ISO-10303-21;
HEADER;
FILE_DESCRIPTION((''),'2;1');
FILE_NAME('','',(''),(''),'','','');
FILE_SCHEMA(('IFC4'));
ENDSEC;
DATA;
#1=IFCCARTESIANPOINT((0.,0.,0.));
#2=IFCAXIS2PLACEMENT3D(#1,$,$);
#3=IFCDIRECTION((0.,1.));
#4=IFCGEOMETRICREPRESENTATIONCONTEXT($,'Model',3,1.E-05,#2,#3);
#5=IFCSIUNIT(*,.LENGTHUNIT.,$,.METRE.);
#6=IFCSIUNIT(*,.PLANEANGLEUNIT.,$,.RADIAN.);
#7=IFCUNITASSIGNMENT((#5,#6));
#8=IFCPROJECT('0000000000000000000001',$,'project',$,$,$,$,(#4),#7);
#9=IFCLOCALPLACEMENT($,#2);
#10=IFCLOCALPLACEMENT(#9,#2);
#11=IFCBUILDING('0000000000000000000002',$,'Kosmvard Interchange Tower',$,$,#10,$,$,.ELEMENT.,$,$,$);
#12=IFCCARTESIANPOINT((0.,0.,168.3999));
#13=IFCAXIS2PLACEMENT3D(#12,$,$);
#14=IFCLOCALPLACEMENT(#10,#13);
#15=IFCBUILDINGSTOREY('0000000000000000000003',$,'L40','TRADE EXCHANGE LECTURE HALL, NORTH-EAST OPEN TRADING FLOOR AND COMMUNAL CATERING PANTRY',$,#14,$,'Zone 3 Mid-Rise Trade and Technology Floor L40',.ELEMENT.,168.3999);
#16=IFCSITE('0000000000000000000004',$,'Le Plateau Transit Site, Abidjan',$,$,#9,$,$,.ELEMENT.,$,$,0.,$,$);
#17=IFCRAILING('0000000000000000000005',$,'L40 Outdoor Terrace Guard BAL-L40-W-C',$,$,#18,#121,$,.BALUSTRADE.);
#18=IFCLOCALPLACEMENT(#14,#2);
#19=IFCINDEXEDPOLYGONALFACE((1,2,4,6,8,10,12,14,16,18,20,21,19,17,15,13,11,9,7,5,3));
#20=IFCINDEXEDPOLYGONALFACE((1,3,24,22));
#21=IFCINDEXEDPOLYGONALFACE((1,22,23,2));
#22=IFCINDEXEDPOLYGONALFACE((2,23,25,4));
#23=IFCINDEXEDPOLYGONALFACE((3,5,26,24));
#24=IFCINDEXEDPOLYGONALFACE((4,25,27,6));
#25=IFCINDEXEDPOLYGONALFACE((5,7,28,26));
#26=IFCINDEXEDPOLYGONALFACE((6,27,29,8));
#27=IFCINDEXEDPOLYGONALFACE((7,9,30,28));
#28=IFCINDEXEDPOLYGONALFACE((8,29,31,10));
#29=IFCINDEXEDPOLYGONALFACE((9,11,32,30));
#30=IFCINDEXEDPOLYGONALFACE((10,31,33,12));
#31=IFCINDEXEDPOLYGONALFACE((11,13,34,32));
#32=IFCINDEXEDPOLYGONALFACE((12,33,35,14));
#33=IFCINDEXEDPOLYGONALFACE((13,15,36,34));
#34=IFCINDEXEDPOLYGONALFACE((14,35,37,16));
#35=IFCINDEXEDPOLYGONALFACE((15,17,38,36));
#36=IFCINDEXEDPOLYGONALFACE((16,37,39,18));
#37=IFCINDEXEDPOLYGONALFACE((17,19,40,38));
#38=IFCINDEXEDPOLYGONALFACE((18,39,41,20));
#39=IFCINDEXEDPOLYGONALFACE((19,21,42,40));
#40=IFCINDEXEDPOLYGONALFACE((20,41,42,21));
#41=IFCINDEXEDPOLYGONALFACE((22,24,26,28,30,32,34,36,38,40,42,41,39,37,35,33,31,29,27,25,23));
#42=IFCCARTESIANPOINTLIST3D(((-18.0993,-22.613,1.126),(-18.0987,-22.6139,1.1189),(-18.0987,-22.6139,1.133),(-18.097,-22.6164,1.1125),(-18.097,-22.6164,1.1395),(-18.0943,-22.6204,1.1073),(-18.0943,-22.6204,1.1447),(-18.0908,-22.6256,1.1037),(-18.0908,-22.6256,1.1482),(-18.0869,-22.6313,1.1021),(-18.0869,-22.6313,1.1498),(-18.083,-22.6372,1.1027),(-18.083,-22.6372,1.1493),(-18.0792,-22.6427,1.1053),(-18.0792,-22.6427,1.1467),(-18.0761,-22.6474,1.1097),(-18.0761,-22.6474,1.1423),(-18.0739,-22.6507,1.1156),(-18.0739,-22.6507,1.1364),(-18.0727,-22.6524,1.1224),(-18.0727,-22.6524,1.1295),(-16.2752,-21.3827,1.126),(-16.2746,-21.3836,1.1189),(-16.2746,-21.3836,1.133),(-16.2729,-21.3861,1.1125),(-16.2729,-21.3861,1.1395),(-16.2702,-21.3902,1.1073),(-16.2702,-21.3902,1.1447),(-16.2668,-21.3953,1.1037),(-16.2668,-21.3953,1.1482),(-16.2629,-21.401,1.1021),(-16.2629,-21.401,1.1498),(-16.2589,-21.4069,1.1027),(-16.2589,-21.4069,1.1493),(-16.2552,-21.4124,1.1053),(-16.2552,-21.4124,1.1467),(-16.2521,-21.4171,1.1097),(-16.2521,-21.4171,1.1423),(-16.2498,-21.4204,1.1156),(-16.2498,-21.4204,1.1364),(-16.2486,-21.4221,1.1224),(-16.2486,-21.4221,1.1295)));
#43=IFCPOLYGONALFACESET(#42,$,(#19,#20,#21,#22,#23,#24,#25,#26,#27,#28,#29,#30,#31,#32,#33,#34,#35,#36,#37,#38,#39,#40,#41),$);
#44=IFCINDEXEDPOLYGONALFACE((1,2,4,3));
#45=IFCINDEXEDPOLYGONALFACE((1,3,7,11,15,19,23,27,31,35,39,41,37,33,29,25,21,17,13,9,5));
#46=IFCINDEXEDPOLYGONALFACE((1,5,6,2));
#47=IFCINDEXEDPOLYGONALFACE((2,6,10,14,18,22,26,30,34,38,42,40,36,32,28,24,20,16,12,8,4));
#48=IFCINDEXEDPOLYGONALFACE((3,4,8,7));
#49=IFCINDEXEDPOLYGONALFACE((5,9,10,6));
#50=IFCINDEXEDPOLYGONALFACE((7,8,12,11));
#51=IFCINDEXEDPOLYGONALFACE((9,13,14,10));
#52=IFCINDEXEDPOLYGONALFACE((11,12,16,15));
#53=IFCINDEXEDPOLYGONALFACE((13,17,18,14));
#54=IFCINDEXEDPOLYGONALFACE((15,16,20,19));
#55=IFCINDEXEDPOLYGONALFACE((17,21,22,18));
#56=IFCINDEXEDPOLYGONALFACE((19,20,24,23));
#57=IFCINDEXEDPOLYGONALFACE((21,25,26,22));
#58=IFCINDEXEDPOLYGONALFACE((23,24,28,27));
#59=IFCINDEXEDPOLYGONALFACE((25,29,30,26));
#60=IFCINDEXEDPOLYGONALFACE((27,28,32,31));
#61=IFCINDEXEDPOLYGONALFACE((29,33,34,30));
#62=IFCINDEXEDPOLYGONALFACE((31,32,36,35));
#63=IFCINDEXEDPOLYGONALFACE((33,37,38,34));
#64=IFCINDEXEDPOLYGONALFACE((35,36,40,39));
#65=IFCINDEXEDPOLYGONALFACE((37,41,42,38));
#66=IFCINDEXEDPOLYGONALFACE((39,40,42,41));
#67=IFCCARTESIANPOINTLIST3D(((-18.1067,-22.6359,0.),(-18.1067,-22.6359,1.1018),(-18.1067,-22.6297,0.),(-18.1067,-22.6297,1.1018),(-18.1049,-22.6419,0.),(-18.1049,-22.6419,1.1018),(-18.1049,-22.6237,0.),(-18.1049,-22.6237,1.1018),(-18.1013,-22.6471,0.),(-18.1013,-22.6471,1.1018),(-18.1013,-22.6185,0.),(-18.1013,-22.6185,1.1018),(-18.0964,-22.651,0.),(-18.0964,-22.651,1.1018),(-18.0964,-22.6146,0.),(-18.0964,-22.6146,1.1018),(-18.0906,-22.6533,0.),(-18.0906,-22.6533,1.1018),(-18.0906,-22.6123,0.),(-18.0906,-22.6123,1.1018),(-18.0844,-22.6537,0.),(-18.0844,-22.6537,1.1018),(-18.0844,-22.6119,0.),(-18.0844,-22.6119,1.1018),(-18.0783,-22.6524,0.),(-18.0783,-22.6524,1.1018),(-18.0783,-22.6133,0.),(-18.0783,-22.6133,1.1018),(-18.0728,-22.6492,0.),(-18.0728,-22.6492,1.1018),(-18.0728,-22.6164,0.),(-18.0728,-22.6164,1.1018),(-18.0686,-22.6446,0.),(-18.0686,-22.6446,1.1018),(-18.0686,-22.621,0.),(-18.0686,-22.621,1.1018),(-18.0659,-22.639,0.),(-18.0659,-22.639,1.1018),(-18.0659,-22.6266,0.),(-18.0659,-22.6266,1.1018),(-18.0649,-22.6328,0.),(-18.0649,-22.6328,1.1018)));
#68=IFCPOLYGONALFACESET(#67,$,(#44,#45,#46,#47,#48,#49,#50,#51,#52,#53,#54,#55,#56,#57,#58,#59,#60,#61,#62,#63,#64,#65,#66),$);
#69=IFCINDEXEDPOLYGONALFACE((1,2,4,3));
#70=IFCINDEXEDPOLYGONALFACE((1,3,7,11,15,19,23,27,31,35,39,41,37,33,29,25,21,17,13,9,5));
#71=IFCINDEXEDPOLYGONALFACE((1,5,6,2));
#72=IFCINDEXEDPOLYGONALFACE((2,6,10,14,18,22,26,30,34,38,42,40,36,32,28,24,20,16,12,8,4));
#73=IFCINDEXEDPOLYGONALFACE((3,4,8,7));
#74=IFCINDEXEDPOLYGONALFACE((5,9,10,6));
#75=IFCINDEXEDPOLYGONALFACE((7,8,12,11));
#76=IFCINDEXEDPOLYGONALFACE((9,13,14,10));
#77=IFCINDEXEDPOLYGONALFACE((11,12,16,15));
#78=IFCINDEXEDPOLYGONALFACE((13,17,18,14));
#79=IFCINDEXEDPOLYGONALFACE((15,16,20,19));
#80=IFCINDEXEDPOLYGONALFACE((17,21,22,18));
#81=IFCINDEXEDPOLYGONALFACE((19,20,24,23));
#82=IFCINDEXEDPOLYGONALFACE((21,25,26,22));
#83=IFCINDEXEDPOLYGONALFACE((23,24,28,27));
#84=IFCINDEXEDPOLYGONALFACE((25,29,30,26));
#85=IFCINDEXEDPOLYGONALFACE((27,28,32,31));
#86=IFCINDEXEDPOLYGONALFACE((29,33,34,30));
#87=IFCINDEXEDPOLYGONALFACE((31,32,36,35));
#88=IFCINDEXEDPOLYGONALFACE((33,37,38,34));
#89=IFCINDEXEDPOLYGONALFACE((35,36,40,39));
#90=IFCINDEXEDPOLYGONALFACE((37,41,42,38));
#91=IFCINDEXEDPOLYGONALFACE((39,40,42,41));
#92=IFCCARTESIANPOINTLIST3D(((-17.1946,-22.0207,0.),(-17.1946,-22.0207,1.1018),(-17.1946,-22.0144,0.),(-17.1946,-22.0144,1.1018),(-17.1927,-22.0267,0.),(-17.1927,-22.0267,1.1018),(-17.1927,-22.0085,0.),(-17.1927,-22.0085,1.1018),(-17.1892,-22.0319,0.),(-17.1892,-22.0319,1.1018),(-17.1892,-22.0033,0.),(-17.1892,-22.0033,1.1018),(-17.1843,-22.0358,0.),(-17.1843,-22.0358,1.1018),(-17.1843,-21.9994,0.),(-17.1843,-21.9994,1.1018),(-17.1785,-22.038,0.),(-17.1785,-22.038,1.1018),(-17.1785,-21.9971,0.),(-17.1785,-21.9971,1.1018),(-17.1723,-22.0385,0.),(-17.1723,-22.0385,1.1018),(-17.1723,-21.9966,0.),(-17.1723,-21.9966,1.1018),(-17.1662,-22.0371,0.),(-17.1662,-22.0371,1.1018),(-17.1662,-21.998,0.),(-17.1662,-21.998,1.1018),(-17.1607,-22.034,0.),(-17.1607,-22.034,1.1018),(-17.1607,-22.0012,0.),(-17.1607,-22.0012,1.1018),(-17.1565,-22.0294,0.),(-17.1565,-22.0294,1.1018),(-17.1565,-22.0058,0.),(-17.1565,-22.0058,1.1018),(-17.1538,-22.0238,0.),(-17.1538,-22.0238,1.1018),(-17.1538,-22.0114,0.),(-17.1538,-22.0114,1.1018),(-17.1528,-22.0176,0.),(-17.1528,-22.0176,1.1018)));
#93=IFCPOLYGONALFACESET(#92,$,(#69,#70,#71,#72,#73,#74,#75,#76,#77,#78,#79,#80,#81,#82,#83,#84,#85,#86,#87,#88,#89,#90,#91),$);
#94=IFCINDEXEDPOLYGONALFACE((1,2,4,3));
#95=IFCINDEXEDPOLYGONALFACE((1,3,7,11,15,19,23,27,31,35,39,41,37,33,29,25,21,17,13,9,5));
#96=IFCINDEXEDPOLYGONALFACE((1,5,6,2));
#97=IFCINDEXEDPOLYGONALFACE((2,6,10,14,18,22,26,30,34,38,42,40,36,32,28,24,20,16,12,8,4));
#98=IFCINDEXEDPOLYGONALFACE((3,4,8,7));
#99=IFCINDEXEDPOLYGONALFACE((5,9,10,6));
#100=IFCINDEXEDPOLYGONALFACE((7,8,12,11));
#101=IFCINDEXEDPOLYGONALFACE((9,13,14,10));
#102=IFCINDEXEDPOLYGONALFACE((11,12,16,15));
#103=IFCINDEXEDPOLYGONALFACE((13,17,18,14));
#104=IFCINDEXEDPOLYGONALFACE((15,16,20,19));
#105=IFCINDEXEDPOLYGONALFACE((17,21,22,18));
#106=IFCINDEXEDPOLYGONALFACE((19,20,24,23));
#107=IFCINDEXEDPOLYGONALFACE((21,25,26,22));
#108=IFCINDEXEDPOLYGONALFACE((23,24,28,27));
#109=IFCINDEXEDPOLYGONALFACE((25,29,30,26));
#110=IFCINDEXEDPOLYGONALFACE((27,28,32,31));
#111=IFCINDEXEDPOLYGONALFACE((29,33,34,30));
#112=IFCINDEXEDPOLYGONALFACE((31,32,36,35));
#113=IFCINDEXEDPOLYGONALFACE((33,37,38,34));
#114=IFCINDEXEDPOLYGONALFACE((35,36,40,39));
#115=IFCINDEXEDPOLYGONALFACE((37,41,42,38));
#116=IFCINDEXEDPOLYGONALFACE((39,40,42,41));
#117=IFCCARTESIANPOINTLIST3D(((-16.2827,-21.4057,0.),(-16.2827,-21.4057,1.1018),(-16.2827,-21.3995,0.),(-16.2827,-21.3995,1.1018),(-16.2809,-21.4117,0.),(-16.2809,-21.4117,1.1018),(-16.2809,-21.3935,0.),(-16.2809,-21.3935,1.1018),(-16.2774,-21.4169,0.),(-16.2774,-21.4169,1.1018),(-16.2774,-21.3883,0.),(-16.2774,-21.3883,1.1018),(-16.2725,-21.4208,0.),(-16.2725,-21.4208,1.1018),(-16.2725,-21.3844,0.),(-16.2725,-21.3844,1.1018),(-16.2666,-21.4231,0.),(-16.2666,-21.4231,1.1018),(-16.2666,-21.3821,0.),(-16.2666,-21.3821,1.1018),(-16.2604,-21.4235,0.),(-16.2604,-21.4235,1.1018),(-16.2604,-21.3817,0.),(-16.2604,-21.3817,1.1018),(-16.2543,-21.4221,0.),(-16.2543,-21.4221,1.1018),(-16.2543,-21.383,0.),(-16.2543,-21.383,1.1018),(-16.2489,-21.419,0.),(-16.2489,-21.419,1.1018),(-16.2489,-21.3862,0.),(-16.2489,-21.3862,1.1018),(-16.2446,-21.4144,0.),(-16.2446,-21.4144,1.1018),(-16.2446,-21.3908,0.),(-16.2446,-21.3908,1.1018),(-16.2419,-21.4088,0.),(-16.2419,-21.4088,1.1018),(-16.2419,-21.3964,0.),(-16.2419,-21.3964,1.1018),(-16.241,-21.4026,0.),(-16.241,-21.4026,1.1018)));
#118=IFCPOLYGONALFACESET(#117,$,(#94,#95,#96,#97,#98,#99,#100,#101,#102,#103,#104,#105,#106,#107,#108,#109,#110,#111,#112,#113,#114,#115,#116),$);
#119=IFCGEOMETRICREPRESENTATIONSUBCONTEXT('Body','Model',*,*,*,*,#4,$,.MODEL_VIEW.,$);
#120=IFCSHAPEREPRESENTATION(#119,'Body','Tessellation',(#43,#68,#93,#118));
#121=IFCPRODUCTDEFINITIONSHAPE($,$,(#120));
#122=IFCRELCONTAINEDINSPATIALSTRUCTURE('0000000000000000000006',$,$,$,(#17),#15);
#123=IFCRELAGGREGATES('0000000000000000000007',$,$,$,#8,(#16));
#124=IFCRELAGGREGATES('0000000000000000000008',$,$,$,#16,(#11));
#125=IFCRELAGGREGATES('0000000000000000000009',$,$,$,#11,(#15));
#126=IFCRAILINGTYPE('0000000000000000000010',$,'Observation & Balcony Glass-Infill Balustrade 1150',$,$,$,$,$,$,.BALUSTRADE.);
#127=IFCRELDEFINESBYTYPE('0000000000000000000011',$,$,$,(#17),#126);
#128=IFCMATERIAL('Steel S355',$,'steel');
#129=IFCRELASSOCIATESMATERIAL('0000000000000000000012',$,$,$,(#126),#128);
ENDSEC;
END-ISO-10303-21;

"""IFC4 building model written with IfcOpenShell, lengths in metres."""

from ifc_helpers import new_model, si_unit, direction, frame, origin, origin_2d, place, context, subcontext, project, spatial, circle, extrude, source, transform, mapped, material, type_object, element, save


model = new_model("IFC4")

# Units and contexts
model_context = context("Model", 3, precision=1e-05, world=origin(), true_north=direction((0.0, 1.0)))
body_context = subcontext(model_context, "Body", "Model", "MODEL_VIEW")
ifc_project = project(units=[si_unit("LENGTHUNIT", "METRE"), si_unit("PLANEANGLEUNIT", "RADIAN")], contexts=[model_context])

# Site, building, storey
site_placement = place(None, origin())
site = spatial("IfcSite", under=ifc_project, at=site_placement, Name="Le Plateau Transit Site, Abidjan", CompositionType="ELEMENT", RefElevation=0.0)
building_placement = place(site_placement, origin())
building = spatial("IfcBuilding", under=site, at=building_placement, Name="Kosmvard Interchange Tower", CompositionType="ELEMENT")
storey_placement = place(building_placement, frame((0.0, 0.0, 168.3999)))
storey = spatial("IfcBuildingStorey", under=building, at=storey_placement, Name="L40", Description="TRADE EXCHANGE LECTURE HALL, NORTH-EAST OPEN TRADING FLOOR AND COMMUNAL CATERING PANTRY", LongName="Zone 3 Mid-Rise Trade and Technology Floor L40", CompositionType="ELEMENT", Elevation=168.3999)

# Shared definitions
ifc_material_1 = material(Name="Steel S355", Category="steel")

# Railing
railing_type = type_object("IfcRailingType", Name="Observation & Balcony Glass-Infill Balustrade 1150", PredefinedType="BALUSTRADE", material=ifc_material_1)
shared_shape_1 = source(origin(), body_context, "Body", "SweptSolid", [
    extrude(circle(Radius=0.0239, at=origin_2d()), frame((0.0, 0.0, 1.126), z_axis=(0.829051, 0.559174, 0.0), x_axis=(-0.559174, 0.829051, 0.0)), (0.0, 0.0, 1.0), 2.2002),
    extrude(circle(Radius=0.021, at=origin_2d()), origin(), (0.0, 0.0, 1.0), 1.1018),
    extrude(circle(Radius=0.021, at=origin_2d()), frame((0.9121, 0.6152, 0.0)), (0.0, 0.0, 1.0), 1.1018),
    extrude(circle(Radius=0.021, at=origin_2d()), frame((1.824, 1.2302, 0.0)), (0.0, 0.0, 1.0), 1.1018),
])
railing_1_placement = place(storey_placement, frame((-18.0859, -22.6328, 0.0)))
element("IfcRailing", 1, at=railing_1_placement, inside=storey, type_object=railing_type, Name="L40 Outdoor Terrace Guard BAL-L40-W-C", PredefinedType="BALUSTRADE", context=body_context, shape_type="MappedRepresentation", body=[
    mapped(shared_shape_1, transform((0.0, 0.0, 0.0), scale=1.0)),
])

save(model, "model.ifc")
